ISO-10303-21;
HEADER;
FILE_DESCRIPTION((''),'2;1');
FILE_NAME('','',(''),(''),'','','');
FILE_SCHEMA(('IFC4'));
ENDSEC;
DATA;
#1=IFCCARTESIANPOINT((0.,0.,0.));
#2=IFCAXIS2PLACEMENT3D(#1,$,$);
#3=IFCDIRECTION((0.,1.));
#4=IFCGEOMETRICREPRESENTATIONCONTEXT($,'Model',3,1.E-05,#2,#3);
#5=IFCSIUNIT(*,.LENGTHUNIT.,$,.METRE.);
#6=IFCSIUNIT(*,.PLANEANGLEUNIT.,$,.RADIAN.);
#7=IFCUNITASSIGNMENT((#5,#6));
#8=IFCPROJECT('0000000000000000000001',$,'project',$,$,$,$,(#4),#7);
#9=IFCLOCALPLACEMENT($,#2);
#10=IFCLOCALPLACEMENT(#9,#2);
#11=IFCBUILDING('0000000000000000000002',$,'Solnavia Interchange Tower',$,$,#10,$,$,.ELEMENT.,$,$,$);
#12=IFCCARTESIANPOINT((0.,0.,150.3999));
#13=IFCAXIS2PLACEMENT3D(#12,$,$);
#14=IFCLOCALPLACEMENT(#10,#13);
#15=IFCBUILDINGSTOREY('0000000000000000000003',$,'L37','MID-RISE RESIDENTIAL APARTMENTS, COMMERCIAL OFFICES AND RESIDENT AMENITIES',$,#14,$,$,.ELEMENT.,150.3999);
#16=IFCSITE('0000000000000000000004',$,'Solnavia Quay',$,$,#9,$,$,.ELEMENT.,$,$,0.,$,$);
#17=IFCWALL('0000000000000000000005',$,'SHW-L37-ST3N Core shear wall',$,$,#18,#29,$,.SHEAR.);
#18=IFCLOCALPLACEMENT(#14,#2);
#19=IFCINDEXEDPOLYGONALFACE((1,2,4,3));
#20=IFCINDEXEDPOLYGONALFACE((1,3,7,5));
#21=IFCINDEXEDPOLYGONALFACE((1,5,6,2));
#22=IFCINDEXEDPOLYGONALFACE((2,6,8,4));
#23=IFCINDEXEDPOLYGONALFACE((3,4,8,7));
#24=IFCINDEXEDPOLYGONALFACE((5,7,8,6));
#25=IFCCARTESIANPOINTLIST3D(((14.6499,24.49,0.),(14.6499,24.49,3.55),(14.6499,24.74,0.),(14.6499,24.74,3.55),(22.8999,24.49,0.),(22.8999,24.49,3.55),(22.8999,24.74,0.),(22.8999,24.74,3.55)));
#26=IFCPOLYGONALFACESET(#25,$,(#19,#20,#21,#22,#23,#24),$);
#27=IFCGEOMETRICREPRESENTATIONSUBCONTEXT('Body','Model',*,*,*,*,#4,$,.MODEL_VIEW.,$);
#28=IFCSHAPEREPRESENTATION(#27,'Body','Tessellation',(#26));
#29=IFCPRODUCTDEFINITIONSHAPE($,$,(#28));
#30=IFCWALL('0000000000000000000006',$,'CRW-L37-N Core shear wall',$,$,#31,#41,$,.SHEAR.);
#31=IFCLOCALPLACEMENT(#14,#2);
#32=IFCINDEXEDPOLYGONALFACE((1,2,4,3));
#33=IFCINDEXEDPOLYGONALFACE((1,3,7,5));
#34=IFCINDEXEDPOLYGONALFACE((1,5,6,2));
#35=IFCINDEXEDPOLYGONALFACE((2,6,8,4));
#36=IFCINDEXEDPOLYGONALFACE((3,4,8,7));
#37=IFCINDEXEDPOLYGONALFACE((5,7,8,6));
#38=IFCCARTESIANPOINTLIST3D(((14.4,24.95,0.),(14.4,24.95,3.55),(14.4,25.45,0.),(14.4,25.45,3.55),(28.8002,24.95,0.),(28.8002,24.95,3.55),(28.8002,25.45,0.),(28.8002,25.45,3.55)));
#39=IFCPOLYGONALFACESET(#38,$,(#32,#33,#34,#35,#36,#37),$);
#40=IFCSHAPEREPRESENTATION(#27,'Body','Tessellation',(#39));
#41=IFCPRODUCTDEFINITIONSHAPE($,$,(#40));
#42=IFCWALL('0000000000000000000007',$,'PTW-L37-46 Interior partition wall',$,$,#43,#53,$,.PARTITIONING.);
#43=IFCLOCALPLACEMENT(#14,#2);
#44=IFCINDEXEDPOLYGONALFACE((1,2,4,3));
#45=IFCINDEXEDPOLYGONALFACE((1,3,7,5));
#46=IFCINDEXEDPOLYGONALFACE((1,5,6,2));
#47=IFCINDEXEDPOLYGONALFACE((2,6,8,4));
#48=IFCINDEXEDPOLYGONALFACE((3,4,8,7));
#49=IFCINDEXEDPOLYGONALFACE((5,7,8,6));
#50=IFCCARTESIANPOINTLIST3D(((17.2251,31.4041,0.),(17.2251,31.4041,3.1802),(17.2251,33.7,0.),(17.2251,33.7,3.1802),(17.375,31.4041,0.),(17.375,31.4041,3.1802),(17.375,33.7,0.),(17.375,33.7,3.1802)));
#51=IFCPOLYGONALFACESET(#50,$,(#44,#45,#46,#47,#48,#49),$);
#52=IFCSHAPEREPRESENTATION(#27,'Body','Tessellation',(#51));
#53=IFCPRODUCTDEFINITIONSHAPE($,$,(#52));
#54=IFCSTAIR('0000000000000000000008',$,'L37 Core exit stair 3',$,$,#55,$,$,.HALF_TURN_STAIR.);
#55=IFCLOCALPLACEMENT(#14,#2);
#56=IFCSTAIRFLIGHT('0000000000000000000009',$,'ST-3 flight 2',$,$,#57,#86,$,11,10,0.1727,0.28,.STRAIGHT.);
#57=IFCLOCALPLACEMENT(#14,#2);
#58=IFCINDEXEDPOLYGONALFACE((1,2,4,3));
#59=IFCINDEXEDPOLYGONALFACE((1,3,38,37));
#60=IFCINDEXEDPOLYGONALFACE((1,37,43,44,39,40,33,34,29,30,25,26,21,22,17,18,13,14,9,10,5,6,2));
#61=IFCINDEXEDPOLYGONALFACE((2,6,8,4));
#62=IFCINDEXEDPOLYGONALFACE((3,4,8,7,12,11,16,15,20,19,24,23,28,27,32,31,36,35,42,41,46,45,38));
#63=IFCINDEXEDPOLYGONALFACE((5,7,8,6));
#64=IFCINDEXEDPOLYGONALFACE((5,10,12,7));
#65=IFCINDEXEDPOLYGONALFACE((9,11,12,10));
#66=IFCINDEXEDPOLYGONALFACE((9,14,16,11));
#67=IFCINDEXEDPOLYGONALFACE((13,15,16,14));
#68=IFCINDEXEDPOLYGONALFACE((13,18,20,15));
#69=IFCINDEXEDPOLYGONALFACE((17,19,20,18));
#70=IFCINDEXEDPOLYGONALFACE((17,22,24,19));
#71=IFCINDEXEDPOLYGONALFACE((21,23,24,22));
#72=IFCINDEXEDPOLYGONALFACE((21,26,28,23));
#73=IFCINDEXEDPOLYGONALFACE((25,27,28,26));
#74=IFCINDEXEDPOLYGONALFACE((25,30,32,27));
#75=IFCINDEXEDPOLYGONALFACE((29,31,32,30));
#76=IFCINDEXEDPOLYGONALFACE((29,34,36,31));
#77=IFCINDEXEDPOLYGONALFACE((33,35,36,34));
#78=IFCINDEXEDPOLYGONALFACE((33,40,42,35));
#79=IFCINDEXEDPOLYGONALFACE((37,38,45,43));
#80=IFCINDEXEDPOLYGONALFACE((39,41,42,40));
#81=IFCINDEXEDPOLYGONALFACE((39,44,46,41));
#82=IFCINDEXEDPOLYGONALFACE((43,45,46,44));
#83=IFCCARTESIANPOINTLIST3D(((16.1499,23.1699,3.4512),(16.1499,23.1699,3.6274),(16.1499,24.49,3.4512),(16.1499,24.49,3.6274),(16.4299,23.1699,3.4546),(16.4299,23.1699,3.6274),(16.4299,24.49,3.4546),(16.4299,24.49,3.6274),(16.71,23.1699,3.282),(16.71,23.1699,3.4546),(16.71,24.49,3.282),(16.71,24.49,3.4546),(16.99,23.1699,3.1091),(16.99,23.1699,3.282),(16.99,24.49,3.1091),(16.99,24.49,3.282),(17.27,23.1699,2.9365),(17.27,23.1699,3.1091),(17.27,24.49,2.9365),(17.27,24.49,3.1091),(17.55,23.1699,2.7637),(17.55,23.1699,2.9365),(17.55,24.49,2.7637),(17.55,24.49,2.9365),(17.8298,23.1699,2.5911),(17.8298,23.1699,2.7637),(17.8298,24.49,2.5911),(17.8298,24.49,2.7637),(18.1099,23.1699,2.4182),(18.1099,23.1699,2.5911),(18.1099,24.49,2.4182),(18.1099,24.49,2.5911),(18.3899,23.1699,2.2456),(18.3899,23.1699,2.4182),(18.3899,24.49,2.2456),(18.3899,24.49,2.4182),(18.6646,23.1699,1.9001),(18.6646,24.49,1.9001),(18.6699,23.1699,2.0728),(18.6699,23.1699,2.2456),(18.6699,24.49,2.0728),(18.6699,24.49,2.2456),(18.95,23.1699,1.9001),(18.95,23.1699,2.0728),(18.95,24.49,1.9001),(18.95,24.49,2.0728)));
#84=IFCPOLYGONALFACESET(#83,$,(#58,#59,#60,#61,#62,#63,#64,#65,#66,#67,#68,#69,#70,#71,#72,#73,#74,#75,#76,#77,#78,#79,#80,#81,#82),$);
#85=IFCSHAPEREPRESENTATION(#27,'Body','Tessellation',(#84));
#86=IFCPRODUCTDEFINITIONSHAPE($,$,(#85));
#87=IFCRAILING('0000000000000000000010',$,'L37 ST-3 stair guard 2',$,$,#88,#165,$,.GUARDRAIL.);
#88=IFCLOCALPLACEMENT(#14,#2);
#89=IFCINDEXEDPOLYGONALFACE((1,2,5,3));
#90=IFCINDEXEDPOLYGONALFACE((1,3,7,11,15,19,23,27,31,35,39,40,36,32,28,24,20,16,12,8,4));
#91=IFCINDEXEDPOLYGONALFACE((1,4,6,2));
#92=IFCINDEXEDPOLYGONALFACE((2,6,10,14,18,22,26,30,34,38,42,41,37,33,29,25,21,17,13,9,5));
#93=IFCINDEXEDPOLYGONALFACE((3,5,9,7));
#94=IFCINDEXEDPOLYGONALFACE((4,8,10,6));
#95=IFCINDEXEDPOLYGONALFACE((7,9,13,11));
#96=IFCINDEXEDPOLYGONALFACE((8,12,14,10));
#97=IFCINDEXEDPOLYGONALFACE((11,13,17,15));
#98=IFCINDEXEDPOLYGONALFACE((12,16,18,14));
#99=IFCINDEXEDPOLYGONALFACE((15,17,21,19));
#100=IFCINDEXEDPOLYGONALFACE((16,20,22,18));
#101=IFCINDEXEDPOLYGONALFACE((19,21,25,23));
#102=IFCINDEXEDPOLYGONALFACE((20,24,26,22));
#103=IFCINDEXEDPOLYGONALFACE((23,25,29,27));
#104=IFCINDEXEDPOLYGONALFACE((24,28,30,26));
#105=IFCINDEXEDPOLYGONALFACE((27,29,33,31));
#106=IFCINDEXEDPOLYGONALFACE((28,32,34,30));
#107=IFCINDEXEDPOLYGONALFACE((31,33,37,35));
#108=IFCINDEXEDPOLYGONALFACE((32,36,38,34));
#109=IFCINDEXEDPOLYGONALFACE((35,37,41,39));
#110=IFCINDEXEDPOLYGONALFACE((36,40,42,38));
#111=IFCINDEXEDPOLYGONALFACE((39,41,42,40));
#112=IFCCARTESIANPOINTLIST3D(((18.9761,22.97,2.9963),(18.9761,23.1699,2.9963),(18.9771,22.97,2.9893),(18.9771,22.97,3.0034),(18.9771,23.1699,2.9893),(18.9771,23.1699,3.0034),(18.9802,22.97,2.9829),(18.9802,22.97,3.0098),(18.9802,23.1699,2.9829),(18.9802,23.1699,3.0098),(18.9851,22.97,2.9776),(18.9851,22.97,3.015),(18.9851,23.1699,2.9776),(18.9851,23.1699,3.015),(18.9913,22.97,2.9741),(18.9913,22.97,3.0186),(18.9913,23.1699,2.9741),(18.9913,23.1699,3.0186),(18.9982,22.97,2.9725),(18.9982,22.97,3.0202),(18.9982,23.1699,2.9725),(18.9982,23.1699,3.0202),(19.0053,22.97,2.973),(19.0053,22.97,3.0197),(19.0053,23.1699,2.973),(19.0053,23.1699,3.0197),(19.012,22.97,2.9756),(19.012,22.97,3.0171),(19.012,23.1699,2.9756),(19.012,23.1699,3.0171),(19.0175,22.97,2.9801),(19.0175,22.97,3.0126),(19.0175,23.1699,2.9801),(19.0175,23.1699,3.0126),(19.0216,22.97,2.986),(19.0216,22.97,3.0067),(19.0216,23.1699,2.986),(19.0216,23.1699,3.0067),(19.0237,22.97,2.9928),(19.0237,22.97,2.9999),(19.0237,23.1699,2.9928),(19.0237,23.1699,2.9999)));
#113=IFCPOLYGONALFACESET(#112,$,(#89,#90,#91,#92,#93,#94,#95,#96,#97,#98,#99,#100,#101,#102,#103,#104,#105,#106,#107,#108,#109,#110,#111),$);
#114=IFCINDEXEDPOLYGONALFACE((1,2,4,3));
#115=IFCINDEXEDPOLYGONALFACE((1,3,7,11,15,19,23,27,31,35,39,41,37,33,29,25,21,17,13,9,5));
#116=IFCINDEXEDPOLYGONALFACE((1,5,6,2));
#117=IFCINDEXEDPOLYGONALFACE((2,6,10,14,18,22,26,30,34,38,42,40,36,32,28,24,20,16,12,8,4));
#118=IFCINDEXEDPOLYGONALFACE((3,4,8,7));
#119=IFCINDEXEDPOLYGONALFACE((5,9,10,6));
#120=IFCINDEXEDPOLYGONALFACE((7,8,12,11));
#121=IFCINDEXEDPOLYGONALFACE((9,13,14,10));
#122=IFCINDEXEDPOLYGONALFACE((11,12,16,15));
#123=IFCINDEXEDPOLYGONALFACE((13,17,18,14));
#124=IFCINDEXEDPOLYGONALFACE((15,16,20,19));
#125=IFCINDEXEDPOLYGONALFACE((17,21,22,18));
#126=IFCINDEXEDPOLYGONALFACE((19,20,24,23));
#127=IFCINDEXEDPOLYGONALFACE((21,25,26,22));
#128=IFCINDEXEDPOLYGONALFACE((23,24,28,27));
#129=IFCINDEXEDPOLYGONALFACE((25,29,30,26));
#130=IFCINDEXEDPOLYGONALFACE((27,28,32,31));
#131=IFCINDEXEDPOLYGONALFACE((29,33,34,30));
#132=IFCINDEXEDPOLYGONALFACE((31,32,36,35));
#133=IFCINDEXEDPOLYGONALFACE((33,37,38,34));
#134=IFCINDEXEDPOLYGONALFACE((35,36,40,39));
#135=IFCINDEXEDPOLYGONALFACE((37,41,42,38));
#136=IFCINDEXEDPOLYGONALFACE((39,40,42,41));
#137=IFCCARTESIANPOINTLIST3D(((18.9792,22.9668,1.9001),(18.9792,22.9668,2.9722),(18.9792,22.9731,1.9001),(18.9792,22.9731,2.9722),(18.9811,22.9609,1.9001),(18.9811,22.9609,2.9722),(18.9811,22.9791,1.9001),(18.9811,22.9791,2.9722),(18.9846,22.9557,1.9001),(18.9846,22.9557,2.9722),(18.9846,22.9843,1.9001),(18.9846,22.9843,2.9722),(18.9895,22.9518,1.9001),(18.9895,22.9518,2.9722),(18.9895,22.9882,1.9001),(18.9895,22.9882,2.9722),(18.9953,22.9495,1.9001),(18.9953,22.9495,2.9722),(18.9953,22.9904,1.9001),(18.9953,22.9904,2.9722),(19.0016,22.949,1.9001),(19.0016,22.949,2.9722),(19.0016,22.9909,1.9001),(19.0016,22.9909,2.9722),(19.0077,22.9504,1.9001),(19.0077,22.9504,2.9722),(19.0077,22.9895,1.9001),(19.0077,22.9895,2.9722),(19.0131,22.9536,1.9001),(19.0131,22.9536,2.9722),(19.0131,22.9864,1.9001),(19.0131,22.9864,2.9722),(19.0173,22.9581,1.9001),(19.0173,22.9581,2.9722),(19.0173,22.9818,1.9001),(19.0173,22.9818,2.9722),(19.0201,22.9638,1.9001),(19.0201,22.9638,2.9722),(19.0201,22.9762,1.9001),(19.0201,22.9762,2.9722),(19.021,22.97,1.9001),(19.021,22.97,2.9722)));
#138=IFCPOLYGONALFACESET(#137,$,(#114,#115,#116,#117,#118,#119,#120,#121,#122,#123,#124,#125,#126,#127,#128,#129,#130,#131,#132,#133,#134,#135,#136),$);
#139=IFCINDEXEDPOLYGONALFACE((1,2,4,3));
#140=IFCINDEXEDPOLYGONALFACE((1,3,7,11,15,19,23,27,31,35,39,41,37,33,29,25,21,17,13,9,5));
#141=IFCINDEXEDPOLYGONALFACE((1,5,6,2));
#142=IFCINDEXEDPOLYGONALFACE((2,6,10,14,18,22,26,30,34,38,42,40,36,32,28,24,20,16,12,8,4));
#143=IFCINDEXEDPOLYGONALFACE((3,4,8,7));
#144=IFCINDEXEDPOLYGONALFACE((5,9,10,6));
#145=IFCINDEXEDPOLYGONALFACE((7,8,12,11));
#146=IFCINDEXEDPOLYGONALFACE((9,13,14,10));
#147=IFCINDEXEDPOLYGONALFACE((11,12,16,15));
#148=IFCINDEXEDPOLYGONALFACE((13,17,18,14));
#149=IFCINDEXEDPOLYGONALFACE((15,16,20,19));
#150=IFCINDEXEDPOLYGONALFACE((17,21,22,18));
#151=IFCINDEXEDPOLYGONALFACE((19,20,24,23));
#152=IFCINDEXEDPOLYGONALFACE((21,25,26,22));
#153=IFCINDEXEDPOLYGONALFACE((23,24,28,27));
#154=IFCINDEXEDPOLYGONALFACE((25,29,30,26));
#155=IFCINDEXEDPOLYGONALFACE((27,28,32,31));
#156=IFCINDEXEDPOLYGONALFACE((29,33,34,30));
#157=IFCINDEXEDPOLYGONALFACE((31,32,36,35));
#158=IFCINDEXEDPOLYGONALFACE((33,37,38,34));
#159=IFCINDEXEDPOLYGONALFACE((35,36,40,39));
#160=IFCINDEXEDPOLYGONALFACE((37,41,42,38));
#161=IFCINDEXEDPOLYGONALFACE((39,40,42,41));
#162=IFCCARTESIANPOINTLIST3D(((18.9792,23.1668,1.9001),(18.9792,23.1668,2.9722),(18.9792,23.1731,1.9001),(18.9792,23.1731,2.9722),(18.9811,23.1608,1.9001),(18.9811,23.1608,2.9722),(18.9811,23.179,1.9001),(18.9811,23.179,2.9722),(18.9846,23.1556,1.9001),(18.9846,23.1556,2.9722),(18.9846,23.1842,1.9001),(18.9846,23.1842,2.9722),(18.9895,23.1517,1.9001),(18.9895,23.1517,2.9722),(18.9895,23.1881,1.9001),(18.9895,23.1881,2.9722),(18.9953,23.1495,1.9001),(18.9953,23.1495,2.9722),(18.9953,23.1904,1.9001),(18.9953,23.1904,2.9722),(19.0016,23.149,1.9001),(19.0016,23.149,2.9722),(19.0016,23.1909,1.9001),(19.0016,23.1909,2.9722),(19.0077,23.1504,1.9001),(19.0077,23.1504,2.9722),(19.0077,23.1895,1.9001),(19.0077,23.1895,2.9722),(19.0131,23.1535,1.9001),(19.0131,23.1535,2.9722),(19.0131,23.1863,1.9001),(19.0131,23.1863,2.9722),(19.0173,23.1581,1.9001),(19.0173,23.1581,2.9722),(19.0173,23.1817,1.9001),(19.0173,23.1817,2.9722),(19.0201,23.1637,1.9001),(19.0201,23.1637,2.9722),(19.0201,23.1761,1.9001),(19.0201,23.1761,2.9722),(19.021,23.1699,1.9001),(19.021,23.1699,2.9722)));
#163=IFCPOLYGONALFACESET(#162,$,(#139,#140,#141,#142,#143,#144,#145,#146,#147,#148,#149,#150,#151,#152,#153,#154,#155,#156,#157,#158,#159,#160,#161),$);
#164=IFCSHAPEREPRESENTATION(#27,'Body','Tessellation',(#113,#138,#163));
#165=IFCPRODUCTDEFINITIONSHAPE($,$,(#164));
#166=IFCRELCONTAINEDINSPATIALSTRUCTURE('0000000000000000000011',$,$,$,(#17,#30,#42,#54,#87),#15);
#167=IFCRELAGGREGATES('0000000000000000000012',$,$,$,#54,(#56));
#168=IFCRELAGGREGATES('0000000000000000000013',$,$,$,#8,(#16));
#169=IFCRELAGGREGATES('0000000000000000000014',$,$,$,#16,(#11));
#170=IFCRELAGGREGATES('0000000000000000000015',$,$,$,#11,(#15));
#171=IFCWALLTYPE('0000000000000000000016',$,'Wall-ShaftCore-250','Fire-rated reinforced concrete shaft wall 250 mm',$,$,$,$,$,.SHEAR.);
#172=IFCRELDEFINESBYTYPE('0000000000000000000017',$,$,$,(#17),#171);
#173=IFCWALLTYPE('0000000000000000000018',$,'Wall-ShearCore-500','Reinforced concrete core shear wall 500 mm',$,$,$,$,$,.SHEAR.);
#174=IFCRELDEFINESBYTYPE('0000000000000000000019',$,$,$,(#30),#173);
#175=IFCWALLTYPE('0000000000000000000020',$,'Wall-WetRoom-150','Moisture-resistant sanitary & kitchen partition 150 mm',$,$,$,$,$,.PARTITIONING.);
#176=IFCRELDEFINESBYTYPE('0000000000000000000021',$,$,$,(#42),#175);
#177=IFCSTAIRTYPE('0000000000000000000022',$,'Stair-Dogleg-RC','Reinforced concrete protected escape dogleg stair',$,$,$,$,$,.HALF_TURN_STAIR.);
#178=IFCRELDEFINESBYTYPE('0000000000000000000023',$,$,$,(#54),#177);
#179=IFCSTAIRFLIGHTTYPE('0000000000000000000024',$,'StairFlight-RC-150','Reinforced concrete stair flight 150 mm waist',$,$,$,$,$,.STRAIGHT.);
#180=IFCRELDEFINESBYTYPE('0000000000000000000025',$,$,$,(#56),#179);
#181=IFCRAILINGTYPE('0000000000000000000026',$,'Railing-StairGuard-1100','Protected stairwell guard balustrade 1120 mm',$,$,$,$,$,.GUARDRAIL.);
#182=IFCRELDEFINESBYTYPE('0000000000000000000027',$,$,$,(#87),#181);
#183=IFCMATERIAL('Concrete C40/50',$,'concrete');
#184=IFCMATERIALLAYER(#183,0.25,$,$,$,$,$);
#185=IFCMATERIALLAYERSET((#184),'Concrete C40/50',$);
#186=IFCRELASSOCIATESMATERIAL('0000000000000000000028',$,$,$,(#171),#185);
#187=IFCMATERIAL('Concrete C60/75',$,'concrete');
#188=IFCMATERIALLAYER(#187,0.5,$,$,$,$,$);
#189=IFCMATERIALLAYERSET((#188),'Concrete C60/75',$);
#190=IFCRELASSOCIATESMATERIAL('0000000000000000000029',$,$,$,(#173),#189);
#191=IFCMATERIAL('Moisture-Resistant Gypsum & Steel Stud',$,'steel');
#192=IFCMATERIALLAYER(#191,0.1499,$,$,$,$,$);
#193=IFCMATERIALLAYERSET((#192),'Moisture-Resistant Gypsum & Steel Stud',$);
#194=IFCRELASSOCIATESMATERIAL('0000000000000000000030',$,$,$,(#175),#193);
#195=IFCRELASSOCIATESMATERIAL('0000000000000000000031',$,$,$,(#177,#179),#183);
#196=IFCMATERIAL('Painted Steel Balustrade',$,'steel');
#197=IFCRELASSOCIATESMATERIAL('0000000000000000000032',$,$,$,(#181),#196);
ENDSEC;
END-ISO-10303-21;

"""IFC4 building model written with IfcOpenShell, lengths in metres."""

from ifc_helpers import new_model, si_unit, direction, frame, frame_2d, origin, origin_2d, place, context, subcontext, project, spatial, polyline, rectangle, circle, outline, extrude, material, layer, layer_set, type_object, element, aggregate, save


model = new_model("IFC4")

# Units and contexts
model_context = context("Model", 3, precision=1e-05, world=origin(), true_north=direction((0.0, 1.0)))
body_context = subcontext(model_context, "Body", "Model", "MODEL_VIEW")
ifc_project = project(units=[si_unit("LENGTHUNIT", "METRE"), si_unit("PLANEANGLEUNIT", "RADIAN")], contexts=[model_context])

# Site, building, storey
site_placement = place(None, origin())
site = spatial("IfcSite", under=ifc_project, at=site_placement, Name="Solnavia Quay", CompositionType="ELEMENT", RefElevation=0.0)
building_placement = place(site_placement, origin())
building = spatial("IfcBuilding", under=site, at=building_placement, Name="Solnavia Interchange Tower", CompositionType="ELEMENT")
storey_placement = place(building_placement, frame((0.0, 0.0, 150.3999)))
storey = spatial("IfcBuildingStorey", under=building, at=storey_placement, Name="L37", Description="MID-RISE RESIDENTIAL APARTMENTS, COMMERCIAL OFFICES AND RESIDENT AMENITIES", CompositionType="ELEMENT", Elevation=150.3999)

# Walls
ifc_material_1 = material(Name="Concrete C40/50", Category="concrete")
ifc_layer_1 = layer(ifc_material_1, 0.25)
ifc_layer_set_1 = layer_set([ifc_layer_1], Name="Concrete C40/50")
wall_type_1 = type_object("IfcWallType", Name="Wall-ShaftCore-250", Description="Fire-rated reinforced concrete shaft wall 250 mm", PredefinedType="SHEAR", material=ifc_layer_set_1)
wall_1_placement = place(storey_placement, frame((14.6499, 24.615, 0.0), z_axis=(0.0, 0.0, 1.0), x_axis=(1.0, 0.0, 0.0)))
element("IfcWall", 1, at=wall_1_placement, inside=storey, type_object=wall_type_1, Name="SHW-L37-ST3N Core shear wall", PredefinedType="SHEAR", context=body_context, shape_type="SweptSolid", body=[
    extrude(rectangle(XDim=8.25, YDim=0.25, at=frame_2d((4.125, 0.0))), origin(), (0.0, 0.0, 1.0), 3.55),
])
ifc_material_2 = material(Name="Concrete C60/75", Category="concrete")
ifc_layer_2 = layer(ifc_material_2, 0.5)
ifc_layer_set_2 = layer_set([ifc_layer_2], Name="Concrete C60/75")
wall_type_2 = type_object("IfcWallType", Name="Wall-ShearCore-500", Description="Reinforced concrete core shear wall 500 mm", PredefinedType="SHEAR", material=ifc_layer_set_2)
wall_2_placement = place(storey_placement, frame((14.3999, 25.2, 0.0), z_axis=(0.0, 0.0, 1.0), x_axis=(1.0, 0.0, 0.0)))
element("IfcWall", 2, at=wall_2_placement, inside=storey, type_object=wall_type_2, Name="CRW-L37-N Core shear wall", PredefinedType="SHEAR", context=body_context, shape_type="SweptSolid", body=[
    extrude(rectangle(XDim=14.4001, YDim=0.5, at=frame_2d((7.2002, 0.0))), origin(), (0.0, 0.0, 1.0), 3.55),
])
ifc_material_3 = material(Name="Moisture-Resistant Gypsum & Steel Stud", Category="steel")
ifc_layer_3 = layer(ifc_material_3, 0.1499)
ifc_layer_set_3 = layer_set([ifc_layer_3], Name="Moisture-Resistant Gypsum & Steel Stud")
wall_type_3 = type_object("IfcWallType", Name="Wall-WetRoom-150", Description="Moisture-resistant sanitary & kitchen partition 150 mm", PredefinedType="PARTITIONING", material=ifc_layer_set_3)
wall_3_placement = place(storey_placement, frame((17.3, 31.4041, 0.0), z_axis=(0.0, 0.0, 1.0), x_axis=(0.0, 1.0, 0.0)))
element("IfcWall", 3, at=wall_3_placement, inside=storey, type_object=wall_type_3, Name="PTW-L37-46 Interior partition wall", PredefinedType="PARTITIONING", context=body_context, shape_type="SweptSolid", body=[
    extrude(rectangle(XDim=2.2959, YDim=0.1499, at=frame_2d((1.1479, 0.0))), origin(), (0.0, 0.0, 1.0), 3.1802),
])

# Stair, stair flight
stair_type = type_object("IfcStairType", Name="Stair-Dogleg-RC", Description="Reinforced concrete protected escape dogleg stair", PredefinedType="HALF_TURN_STAIR", material=ifc_material_1)
stair_placement = place(storey_placement, origin())
stair = element("IfcStair", 4, at=stair_placement, inside=storey, type_object=stair_type, Name="L37 Core exit stair 3", PredefinedType="HALF_TURN_STAIR")
stair_flight_type = type_object("IfcStairFlightType", Name="StairFlight-RC-150", Description="Reinforced concrete stair flight 150 mm waist", PredefinedType="STRAIGHT", material=ifc_material_1)
stair_flight_placement = place(storey_placement, frame((18.95, 23.8301, 1.9001), z_axis=(0.0, 0.0, 1.0), x_axis=(-1.0, 0.0, 0.0)))
stair_flight = element("IfcStairFlight", 5, at=stair_flight_placement, type_object=stair_flight_type, Name="ST-3 flight 2", NumberOfRisers=11, NumberOfTreads=10, PredefinedType="STRAIGHT", RiserHeight=0.1727, TreadLength=0.28, context=body_context, shape_type="SweptSolid", body=[
    extrude(outline(polyline([(0.0, 0.0), (0.0, 0.1726), (0.28, 0.1726), (0.28, 0.3455), (0.5601, 0.3455), (0.5601, 0.5181), (0.8401, 0.5181), (0.8401, 0.6909), (1.1201, 0.6909), (1.1201, 0.8635), (1.3999, 0.8635), (1.3999, 1.0364), (1.6799, 1.0364), (1.6799, 1.209), (1.96, 1.209), (1.96, 1.3818), (2.24, 1.3818), (2.24, 1.5544), (2.52, 1.5544), (2.52, 1.7273), (2.8, 1.7273), (2.8, 1.8999), (2.8, 1.551), (0.2854, 0.0), (0.0, 0.0)])), frame((0.0, 0.6602, 0.0), z_axis=(0.0, -1.0, 0.0), x_axis=(1.0, 0.0, 0.0)), (0.0, 0.0, 1.0), 1.3201),
])
aggregate(stair, [stair_flight])

# Railing
ifc_material_4 = material(Name="Painted Steel Balustrade", Category="steel")
railing_type_1 = type_object("IfcRailingType", Name="Railing-StairGuard-1100", Description="Protected stairwell guard balustrade 1120 mm", PredefinedType="GUARDRAIL", material=ifc_material_4)
railing_1_placement = place(storey_placement, frame((19.0, 22.97, 1.9001)))
element("IfcRailing", 6, at=railing_1_placement, inside=storey, type_object=railing_type_1, Name="L37 ST-3 stair guard 2", PredefinedType="GUARDRAIL", context=body_context, shape_type="SweptSolid", body=[
    extrude(circle(Radius=0.0239, at=origin_2d()), frame((0.0, 0.0, 1.0962), z_axis=(0.0, 1.0, 0.0), x_axis=(-1.0, 0.0, 0.0)), (0.0, 0.0, 1.0), 0.2),
    extrude(circle(Radius=0.021, at=origin_2d()), origin(), (0.0, 0.0, 1.0), 1.072),
    extrude(circle(Radius=0.021, at=origin_2d()), frame((0.0, 0.2, 0.0)), (0.0, 0.0, 1.0), 1.072),
])

save(model, "model.ifc")
